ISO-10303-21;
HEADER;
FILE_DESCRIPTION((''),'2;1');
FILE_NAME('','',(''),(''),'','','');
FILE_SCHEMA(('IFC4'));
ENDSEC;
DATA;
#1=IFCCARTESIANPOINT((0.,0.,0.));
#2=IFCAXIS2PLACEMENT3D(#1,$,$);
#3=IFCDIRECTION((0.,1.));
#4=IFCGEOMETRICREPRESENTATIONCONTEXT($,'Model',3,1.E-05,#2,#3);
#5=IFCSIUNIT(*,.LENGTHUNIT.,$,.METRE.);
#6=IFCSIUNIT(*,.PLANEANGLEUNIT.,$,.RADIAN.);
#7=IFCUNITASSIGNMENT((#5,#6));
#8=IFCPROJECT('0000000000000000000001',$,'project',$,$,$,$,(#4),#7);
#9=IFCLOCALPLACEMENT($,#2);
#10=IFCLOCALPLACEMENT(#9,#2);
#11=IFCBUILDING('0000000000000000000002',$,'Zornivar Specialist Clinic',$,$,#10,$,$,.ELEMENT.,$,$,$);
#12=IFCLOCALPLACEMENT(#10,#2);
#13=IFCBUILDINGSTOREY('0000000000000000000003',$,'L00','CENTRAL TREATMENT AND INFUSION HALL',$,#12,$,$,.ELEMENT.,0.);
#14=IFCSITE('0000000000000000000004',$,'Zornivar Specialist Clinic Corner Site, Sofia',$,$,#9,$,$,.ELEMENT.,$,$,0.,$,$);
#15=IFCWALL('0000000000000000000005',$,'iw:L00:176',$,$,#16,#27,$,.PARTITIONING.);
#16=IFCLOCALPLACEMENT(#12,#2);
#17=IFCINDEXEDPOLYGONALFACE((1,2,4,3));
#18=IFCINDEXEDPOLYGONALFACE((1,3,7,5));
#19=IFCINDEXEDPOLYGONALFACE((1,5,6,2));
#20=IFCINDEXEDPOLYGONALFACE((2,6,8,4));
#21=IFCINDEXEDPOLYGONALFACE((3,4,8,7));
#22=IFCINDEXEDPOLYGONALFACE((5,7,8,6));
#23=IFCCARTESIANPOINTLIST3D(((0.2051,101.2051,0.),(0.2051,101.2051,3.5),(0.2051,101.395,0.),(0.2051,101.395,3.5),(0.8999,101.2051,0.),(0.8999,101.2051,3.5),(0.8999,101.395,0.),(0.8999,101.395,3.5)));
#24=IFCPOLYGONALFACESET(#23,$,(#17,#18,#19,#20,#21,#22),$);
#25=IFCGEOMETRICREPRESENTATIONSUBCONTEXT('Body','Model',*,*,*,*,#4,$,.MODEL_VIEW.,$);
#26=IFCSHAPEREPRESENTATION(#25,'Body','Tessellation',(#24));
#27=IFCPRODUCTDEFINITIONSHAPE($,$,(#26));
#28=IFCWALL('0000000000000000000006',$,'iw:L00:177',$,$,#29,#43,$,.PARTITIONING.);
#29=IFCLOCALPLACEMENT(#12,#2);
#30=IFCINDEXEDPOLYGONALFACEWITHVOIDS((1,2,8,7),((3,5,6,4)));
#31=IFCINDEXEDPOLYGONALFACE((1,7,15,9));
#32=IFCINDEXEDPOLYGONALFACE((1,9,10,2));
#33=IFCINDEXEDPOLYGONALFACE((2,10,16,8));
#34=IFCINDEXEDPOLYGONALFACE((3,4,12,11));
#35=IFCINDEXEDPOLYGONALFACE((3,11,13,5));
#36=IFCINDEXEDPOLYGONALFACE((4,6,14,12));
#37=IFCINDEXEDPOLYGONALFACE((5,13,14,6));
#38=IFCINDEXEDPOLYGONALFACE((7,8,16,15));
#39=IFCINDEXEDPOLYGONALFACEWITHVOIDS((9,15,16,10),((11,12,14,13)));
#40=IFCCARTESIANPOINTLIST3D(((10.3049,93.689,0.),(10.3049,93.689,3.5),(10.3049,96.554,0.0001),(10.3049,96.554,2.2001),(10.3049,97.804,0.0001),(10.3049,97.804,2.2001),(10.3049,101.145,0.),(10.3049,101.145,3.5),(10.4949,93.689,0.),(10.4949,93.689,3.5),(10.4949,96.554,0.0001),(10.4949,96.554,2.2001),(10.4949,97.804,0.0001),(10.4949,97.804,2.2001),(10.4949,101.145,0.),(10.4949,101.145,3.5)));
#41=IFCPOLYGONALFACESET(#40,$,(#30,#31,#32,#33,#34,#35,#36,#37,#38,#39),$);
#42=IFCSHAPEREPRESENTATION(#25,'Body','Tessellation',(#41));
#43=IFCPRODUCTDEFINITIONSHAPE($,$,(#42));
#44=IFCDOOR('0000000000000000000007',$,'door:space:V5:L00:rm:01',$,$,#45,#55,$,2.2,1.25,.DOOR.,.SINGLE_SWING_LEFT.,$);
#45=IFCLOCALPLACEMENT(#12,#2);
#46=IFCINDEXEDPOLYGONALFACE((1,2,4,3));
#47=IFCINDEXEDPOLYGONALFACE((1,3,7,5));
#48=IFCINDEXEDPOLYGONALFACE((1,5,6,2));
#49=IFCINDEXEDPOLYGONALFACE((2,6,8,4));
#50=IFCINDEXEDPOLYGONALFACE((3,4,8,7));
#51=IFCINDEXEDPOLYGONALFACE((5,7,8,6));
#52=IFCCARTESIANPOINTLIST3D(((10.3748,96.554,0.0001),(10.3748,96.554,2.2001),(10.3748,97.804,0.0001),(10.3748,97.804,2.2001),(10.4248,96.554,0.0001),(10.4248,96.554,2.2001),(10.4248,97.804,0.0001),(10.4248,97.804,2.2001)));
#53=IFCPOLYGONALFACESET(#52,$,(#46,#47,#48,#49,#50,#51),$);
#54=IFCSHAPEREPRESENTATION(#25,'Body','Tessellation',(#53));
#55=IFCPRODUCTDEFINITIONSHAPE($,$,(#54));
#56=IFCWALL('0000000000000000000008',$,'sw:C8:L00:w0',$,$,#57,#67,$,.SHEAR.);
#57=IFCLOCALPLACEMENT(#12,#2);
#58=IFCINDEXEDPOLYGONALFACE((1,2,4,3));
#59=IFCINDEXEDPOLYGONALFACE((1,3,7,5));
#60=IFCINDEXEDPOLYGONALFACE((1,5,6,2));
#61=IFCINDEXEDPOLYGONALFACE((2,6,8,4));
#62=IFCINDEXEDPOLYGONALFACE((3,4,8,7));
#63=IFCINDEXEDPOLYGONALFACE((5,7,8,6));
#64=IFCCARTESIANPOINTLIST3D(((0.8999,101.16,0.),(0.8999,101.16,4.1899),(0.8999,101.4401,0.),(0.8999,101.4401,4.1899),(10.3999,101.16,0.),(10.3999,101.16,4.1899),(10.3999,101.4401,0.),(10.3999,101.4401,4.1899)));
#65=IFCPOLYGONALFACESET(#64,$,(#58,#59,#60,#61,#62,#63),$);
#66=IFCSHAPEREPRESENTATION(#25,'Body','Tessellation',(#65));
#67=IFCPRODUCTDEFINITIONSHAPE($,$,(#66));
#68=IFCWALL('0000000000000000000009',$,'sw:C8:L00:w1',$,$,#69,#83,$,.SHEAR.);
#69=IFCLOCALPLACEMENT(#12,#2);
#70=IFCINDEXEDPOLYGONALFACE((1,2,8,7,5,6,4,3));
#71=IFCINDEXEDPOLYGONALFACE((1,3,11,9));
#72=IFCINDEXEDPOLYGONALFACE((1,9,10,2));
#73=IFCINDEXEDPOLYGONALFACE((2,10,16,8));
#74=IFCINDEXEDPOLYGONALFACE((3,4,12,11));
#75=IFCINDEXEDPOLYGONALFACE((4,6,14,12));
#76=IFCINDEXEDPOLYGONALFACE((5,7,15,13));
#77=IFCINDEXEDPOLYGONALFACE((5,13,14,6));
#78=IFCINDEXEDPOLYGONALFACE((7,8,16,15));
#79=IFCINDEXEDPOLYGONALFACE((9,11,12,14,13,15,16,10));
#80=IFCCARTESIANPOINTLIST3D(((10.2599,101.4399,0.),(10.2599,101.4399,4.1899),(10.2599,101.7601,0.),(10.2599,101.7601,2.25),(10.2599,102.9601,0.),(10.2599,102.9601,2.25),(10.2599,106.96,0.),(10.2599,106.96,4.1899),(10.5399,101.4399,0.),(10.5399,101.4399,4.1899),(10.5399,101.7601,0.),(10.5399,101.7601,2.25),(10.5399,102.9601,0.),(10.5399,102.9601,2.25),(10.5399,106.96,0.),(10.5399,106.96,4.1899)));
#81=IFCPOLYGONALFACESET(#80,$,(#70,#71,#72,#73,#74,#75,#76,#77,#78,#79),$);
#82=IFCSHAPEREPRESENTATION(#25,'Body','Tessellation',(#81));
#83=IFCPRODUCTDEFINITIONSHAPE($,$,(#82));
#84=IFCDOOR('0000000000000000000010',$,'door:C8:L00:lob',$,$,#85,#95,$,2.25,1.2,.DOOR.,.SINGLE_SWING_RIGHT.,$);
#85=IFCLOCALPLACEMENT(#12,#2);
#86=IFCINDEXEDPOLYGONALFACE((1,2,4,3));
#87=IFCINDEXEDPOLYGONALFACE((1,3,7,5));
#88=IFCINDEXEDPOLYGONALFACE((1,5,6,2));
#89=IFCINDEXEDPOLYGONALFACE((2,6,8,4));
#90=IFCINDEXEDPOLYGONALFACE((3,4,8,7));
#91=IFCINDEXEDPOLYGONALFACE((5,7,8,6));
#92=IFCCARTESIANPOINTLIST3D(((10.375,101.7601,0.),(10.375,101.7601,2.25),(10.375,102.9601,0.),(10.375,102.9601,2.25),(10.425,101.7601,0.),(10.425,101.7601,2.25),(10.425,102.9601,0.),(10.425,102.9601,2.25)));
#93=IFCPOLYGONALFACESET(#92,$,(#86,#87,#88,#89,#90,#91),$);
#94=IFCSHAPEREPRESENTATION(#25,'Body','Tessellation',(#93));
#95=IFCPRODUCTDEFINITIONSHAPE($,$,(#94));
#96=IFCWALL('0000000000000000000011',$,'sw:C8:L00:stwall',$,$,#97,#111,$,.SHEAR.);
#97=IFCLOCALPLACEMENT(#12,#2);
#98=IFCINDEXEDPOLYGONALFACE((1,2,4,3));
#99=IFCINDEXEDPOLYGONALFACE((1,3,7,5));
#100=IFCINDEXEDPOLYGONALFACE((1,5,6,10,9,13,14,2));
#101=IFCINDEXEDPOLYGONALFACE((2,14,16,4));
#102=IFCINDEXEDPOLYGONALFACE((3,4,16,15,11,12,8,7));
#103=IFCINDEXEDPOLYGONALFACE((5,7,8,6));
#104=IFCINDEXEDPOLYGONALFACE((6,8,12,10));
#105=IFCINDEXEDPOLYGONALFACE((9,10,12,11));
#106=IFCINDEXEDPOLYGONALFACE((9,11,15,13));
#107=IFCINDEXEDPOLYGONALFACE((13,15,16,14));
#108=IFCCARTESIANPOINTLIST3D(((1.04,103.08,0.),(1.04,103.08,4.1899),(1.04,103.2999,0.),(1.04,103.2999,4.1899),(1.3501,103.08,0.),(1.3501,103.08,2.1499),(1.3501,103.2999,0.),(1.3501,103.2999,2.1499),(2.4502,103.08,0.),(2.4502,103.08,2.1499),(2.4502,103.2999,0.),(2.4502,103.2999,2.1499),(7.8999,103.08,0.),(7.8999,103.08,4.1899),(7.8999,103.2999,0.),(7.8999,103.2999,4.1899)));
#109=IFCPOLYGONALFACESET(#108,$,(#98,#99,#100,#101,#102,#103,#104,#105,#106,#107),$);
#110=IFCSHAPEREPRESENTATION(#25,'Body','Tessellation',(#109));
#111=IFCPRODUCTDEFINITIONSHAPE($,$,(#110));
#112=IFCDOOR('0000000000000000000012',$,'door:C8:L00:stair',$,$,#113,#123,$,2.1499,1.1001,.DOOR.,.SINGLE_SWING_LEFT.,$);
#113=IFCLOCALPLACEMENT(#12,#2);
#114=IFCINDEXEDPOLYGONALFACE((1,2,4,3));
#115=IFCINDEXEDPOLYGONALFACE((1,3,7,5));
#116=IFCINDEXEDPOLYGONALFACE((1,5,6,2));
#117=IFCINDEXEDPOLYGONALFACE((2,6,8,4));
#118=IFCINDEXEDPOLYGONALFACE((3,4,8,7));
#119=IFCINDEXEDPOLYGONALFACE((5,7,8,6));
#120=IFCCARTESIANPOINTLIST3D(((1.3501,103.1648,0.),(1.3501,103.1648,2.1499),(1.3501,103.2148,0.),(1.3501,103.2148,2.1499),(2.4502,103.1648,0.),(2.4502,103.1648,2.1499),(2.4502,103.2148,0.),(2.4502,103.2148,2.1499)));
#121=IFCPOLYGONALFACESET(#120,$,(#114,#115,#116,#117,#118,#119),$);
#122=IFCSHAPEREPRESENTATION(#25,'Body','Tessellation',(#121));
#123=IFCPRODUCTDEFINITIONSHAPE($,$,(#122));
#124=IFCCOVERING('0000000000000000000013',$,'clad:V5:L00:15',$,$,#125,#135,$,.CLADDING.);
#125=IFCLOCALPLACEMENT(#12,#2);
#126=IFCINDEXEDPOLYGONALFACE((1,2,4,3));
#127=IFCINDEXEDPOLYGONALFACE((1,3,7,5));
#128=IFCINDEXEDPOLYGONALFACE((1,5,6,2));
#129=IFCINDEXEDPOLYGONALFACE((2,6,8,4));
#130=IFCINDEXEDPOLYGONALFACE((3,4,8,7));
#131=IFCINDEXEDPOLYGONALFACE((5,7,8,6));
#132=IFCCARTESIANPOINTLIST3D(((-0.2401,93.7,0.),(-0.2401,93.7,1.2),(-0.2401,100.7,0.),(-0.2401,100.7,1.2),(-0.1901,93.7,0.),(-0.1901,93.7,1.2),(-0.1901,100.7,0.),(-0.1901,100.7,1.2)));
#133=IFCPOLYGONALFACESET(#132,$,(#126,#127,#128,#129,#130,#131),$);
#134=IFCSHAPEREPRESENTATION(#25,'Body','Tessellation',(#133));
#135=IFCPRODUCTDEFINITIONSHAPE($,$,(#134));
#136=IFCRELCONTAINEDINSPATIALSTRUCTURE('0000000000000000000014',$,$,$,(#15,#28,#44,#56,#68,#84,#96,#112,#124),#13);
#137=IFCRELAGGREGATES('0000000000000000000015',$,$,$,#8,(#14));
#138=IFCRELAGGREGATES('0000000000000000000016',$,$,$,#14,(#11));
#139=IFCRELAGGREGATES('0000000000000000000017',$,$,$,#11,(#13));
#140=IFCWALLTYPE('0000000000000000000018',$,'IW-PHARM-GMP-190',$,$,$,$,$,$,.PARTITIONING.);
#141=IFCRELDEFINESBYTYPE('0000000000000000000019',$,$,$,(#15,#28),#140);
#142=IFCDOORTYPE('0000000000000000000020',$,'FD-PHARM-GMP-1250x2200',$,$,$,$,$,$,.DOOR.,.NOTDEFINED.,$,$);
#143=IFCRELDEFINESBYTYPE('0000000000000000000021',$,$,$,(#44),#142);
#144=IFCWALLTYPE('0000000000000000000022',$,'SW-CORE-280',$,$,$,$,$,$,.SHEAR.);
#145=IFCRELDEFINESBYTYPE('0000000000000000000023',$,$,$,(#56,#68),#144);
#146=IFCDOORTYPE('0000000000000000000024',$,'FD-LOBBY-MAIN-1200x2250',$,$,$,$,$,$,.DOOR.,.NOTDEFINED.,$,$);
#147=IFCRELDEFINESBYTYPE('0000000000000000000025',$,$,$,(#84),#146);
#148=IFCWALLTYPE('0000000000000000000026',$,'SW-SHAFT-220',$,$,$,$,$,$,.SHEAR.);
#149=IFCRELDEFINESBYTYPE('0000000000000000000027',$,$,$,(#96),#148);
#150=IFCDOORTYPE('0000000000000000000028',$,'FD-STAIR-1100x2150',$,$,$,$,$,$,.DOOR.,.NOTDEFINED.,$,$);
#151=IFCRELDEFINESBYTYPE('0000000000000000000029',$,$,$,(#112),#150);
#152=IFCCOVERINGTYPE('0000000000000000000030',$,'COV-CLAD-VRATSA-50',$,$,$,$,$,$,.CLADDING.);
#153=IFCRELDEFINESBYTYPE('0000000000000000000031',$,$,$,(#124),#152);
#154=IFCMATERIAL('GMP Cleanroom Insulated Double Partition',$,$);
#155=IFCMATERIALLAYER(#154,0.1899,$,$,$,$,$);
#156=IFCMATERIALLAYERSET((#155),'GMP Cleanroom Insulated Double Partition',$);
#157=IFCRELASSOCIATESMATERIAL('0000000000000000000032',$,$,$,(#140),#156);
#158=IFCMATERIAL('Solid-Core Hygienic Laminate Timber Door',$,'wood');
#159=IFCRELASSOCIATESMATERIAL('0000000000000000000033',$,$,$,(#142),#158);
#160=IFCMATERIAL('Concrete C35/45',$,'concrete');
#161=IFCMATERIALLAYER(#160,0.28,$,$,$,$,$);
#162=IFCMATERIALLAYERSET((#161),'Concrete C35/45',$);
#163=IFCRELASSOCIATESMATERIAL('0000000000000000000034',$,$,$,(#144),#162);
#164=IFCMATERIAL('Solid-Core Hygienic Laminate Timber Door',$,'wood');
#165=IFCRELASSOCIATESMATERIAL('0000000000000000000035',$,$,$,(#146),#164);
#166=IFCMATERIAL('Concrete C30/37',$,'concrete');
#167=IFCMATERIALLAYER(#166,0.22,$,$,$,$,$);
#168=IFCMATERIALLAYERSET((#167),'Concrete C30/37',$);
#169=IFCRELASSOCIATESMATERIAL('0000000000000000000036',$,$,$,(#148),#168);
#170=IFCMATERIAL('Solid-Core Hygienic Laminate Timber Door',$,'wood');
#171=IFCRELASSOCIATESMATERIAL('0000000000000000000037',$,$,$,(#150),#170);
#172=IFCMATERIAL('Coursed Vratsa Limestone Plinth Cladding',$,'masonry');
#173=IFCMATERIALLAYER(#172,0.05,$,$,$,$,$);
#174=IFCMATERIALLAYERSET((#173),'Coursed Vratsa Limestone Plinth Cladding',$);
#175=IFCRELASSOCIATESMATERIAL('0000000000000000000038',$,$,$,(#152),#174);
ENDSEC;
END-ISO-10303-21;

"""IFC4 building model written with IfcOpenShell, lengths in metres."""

from ifc_helpers import new_model, si_unit, direction, frame, frame_2d, origin, origin_2d, place, context, subcontext, project, spatial, rectangle, extrude, material, layer, layer_set, type_object, element, fill, save


model = new_model("IFC4")

# Units and contexts
model_context = context("Model", 3, precision=1e-05, world=origin(), true_north=direction((0.0, 1.0)))
body_context = subcontext(model_context, "Body", "Model", "MODEL_VIEW")
ifc_project = project(units=[si_unit("LENGTHUNIT", "METRE"), si_unit("PLANEANGLEUNIT", "RADIAN")], contexts=[model_context])

# Site, building, storey
site_placement = place(None, origin())
site = spatial("IfcSite", under=ifc_project, at=site_placement, Name="Zornivar Specialist Clinic Corner Site, Sofia", CompositionType="ELEMENT", RefElevation=0.0)
building_placement = place(site_placement, origin())
building = spatial("IfcBuilding", under=site, at=building_placement, Name="Zornivar Specialist Clinic", CompositionType="ELEMENT")
storey_placement = place(building_placement, origin())
storey = spatial("IfcBuildingStorey", under=building, at=storey_placement, Name="L00", Description="CENTRAL TREATMENT AND INFUSION HALL", CompositionType="ELEMENT", Elevation=0.0)

# Wall
ifc_material_1 = material(Name="GMP Cleanroom Insulated Double Partition")
ifc_layer_1 = layer(ifc_material_1, 0.1899)
ifc_layer_set_1 = layer_set([ifc_layer_1], Name="GMP Cleanroom Insulated Double Partition")
wall_type_1 = type_object("IfcWallType", Name="IW-PHARM-GMP-190", PredefinedType="PARTITIONING", material=ifc_layer_set_1)
wall_1_placement = place(storey_placement, frame((0.2051, 101.3, 0.0), z_axis=(0.0, 0.0, 1.0), x_axis=(1.0, 0.0, 0.0)))
element("IfcWall", 1, at=wall_1_placement, inside=storey, type_object=wall_type_1, Name="iw:L00:176", PredefinedType="PARTITIONING", context=body_context, shape_type="SweptSolid", body=[
    extrude(rectangle(XDim=0.6948, YDim=0.1899, at=frame_2d((0.3474, 0.0))), origin(), (0.0, 0.0, 1.0), 3.5),
])

# Wall, opening, door
wall_2_placement = place(storey_placement, frame((10.3999, 101.145, 0.0), z_axis=(0.0, 0.0, 1.0), x_axis=(0.0, -1.0, 0.0)))
wall_2 = element("IfcWall", 2, at=wall_2_placement, inside=storey, type_object=wall_type_1, Name="iw:L00:177", PredefinedType="PARTITIONING", context=body_context, shape_type="SweptSolid", body=[
    extrude(rectangle(XDim=7.4561, YDim=0.1899, at=frame_2d((3.728, 0.0))), origin(), (0.0, 0.0, 1.0), 3.5),
])
opening_1_placement = place(wall_2_placement, frame((3.3411, 0.0, 0.0)))
opening_1 = element("IfcOpeningElement", 3, at=opening_1_placement, cuts=wall_2, PredefinedType="OPENING", context=body_context, shape_type="SweptSolid", body=[
    extrude(rectangle(XDim=1.25, YDim=2.2, at=frame_2d((0.625, 1.1001))), frame((0.0, 0.105, 0.0), z_axis=(0.0, -1.0, 0.0), x_axis=(1.0, 0.0, 0.0)), (0.0, 0.0, 1.0), 0.21),
])
ifc_material_2 = material(Name="Solid-Core Hygienic Laminate Timber Door", Category="wood")
door_type_1 = type_object("IfcDoorType", Name="FD-PHARM-GMP-1250x2200", OperationType="NOTDEFINED", PredefinedType="DOOR", material=ifc_material_2)
door_1_placement = place(opening_1_placement, origin())
door_1 = element("IfcDoor", 4, at=door_1_placement, inside=storey, type_object=door_type_1, Name="door:space:V5:L00:rm:01", OperationType="SINGLE_SWING_LEFT", OverallHeight=2.2, OverallWidth=1.25, PredefinedType="DOOR", context=body_context, shape_type="SweptSolid", body=[
    extrude(rectangle(XDim=1.25, YDim=2.2, at=frame_2d((0.625, 1.1001))), frame((0.0, 0.0249, 0.0), z_axis=(0.0, -1.0, 0.0), x_axis=(1.0, 0.0, 0.0)), (0.0, 0.0, 1.0), 0.05),
])
fill(opening_1, door_1)

# Wall
ifc_material_3 = material(Name="Concrete C35/45", Category="concrete")
ifc_layer_2 = layer(ifc_material_3, 0.28)
ifc_layer_set_2 = layer_set([ifc_layer_2], Name="Concrete C35/45")
wall_type_2 = type_object("IfcWallType", Name="SW-CORE-280", PredefinedType="SHEAR", material=ifc_layer_set_2)
wall_3_placement = place(storey_placement, frame((0.8999, 101.3, 0.0), z_axis=(0.0, 0.0, 1.0), x_axis=(1.0, 0.0, 0.0)))
element("IfcWall", 5, at=wall_3_placement, inside=storey, type_object=wall_type_2, Name="sw:C8:L00:w0", PredefinedType="SHEAR", context=body_context, shape_type="SweptSolid", body=[
    extrude(rectangle(XDim=9.5, YDim=0.28, at=frame_2d((4.75, 0.0))), origin(), (0.0, 0.0, 1.0), 4.1899),
])

# Walls, openings, doors
wall_4_placement = place(storey_placement, frame((10.3999, 101.4399, 0.0), z_axis=(0.0, 0.0, 1.0), x_axis=(0.0, 1.0, 0.0)))
wall_4 = element("IfcWall", 6, at=wall_4_placement, inside=storey, type_object=wall_type_2, Name="sw:C8:L00:w1", PredefinedType="SHEAR", context=body_context, shape_type="SweptSolid", body=[
    extrude(rectangle(XDim=5.52, YDim=0.28, at=frame_2d((2.76, 0.0))), origin(), (0.0, 0.0, 1.0), 4.1899),
])
opening_2_placement = place(wall_4_placement, frame((0.3201, 0.0, 0.0)))
opening_2 = element("IfcOpeningElement", 7, at=opening_2_placement, cuts=wall_4, PredefinedType="OPENING", context=body_context, shape_type="SweptSolid", body=[
    extrude(rectangle(XDim=1.2, YDim=2.25, at=frame_2d((0.6001, 1.125))), frame((0.0, 0.1499, 0.0), z_axis=(0.0, -1.0, 0.0), x_axis=(1.0, 0.0, 0.0)), (0.0, 0.0, 1.0), 0.3),
])
ifc_material_4 = material(Name="Solid-Core Hygienic Laminate Timber Door", Category="wood")
door_type_2 = type_object("IfcDoorType", Name="FD-LOBBY-MAIN-1200x2250", OperationType="NOTDEFINED", PredefinedType="DOOR", material=ifc_material_4)
door_2_placement = place(opening_2_placement, origin())
door_2 = element("IfcDoor", 8, at=door_2_placement, inside=storey, type_object=door_type_2, Name="door:C8:L00:lob", OperationType="SINGLE_SWING_RIGHT", OverallHeight=2.25, OverallWidth=1.2, PredefinedType="DOOR", context=body_context, shape_type="SweptSolid", body=[
    extrude(rectangle(XDim=1.2, YDim=2.25, at=frame_2d((0.6001, 1.125))), frame((0.0, 0.0249, 0.0), z_axis=(0.0, -1.0, 0.0), x_axis=(1.0, 0.0, 0.0)), (0.0, 0.0, 1.0), 0.05),
])
fill(opening_2, door_2)
ifc_material_5 = material(Name="Concrete C30/37", Category="concrete")
ifc_layer_3 = layer(ifc_material_5, 0.22)
ifc_layer_set_3 = layer_set([ifc_layer_3], Name="Concrete C30/37")
wall_type_3 = type_object("IfcWallType", Name="SW-SHAFT-220", PredefinedType="SHEAR", material=ifc_layer_set_3)
wall_5_placement = place(storey_placement, frame((1.04, 103.1899, 0.0), z_axis=(0.0, 0.0, 1.0), x_axis=(1.0, 0.0, 0.0)))
wall_5 = element("IfcWall", 9, at=wall_5_placement, inside=storey, type_object=wall_type_3, Name="sw:C8:L00:stwall", PredefinedType="SHEAR", context=body_context, shape_type="SweptSolid", body=[
    extrude(rectangle(XDim=6.8599, YDim=0.22, at=frame_2d((3.4299, 0.0))), origin(), (0.0, 0.0, 1.0), 4.1899),
])
opening_3_placement = place(wall_5_placement, frame((0.3101, 0.0, 0.0)))
opening_3 = element("IfcOpeningElement", 10, at=opening_3_placement, cuts=wall_5, PredefinedType="OPENING", context=body_context, shape_type="SweptSolid", body=[
    extrude(rectangle(XDim=1.1001, YDim=2.1499, at=frame_2d((0.55, 1.075))), frame((0.0, 0.1199, 0.0), z_axis=(0.0, -1.0, 0.0), x_axis=(1.0, 0.0, 0.0)), (0.0, 0.0, 1.0), 0.24),
])
ifc_material_6 = material(Name="Solid-Core Hygienic Laminate Timber Door", Category="wood")
door_type_3 = type_object("IfcDoorType", Name="FD-STAIR-1100x2150", OperationType="NOTDEFINED", PredefinedType="DOOR", material=ifc_material_6)
door_3_placement = place(opening_3_placement, origin())
door_3 = element("IfcDoor", 11, at=door_3_placement, inside=storey, type_object=door_type_3, Name="door:C8:L00:stair", OperationType="SINGLE_SWING_LEFT", OverallHeight=2.1499, OverallWidth=1.1001, PredefinedType="DOOR", context=body_context, shape_type="SweptSolid", body=[
    extrude(rectangle(XDim=1.1001, YDim=2.1499, at=frame_2d((0.55, 1.075))), frame((0.0, 0.0249, 0.0), z_axis=(0.0, -1.0, 0.0), x_axis=(1.0, 0.0, 0.0)), (0.0, 0.0, 1.0), 0.05),
])
fill(opening_3, door_3)

# Covering
ifc_material_7 = material(Name="Coursed Vratsa Limestone Plinth Cladding", Category="masonry")
ifc_layer_4 = layer(ifc_material_7, 0.05)
ifc_layer_set_4 = layer_set([ifc_layer_4], Name="Coursed Vratsa Limestone Plinth Cladding")
covering_type = type_object("IfcCoveringType", Name="COV-CLAD-VRATSA-50", PredefinedType="CLADDING", material=ifc_layer_set_4)
covering_placement = place(storey_placement, frame((-0.2151, 97.2, 0.0), z_axis=(0.0, 0.0, 1.0), x_axis=(0.0, -1.0, 0.0)))
element("IfcCovering", 12, at=covering_placement, inside=storey, type_object=covering_type, Name="clad:V5:L00:15", PredefinedType="CLADDING", context=body_context, shape_type="SweptSolid", body=[
    extrude(rectangle(XDim=7.0, YDim=0.05, at=origin_2d()), origin(), (0.0, 0.0, 1.0), 1.2),
])

save(model, "model.ifc")
